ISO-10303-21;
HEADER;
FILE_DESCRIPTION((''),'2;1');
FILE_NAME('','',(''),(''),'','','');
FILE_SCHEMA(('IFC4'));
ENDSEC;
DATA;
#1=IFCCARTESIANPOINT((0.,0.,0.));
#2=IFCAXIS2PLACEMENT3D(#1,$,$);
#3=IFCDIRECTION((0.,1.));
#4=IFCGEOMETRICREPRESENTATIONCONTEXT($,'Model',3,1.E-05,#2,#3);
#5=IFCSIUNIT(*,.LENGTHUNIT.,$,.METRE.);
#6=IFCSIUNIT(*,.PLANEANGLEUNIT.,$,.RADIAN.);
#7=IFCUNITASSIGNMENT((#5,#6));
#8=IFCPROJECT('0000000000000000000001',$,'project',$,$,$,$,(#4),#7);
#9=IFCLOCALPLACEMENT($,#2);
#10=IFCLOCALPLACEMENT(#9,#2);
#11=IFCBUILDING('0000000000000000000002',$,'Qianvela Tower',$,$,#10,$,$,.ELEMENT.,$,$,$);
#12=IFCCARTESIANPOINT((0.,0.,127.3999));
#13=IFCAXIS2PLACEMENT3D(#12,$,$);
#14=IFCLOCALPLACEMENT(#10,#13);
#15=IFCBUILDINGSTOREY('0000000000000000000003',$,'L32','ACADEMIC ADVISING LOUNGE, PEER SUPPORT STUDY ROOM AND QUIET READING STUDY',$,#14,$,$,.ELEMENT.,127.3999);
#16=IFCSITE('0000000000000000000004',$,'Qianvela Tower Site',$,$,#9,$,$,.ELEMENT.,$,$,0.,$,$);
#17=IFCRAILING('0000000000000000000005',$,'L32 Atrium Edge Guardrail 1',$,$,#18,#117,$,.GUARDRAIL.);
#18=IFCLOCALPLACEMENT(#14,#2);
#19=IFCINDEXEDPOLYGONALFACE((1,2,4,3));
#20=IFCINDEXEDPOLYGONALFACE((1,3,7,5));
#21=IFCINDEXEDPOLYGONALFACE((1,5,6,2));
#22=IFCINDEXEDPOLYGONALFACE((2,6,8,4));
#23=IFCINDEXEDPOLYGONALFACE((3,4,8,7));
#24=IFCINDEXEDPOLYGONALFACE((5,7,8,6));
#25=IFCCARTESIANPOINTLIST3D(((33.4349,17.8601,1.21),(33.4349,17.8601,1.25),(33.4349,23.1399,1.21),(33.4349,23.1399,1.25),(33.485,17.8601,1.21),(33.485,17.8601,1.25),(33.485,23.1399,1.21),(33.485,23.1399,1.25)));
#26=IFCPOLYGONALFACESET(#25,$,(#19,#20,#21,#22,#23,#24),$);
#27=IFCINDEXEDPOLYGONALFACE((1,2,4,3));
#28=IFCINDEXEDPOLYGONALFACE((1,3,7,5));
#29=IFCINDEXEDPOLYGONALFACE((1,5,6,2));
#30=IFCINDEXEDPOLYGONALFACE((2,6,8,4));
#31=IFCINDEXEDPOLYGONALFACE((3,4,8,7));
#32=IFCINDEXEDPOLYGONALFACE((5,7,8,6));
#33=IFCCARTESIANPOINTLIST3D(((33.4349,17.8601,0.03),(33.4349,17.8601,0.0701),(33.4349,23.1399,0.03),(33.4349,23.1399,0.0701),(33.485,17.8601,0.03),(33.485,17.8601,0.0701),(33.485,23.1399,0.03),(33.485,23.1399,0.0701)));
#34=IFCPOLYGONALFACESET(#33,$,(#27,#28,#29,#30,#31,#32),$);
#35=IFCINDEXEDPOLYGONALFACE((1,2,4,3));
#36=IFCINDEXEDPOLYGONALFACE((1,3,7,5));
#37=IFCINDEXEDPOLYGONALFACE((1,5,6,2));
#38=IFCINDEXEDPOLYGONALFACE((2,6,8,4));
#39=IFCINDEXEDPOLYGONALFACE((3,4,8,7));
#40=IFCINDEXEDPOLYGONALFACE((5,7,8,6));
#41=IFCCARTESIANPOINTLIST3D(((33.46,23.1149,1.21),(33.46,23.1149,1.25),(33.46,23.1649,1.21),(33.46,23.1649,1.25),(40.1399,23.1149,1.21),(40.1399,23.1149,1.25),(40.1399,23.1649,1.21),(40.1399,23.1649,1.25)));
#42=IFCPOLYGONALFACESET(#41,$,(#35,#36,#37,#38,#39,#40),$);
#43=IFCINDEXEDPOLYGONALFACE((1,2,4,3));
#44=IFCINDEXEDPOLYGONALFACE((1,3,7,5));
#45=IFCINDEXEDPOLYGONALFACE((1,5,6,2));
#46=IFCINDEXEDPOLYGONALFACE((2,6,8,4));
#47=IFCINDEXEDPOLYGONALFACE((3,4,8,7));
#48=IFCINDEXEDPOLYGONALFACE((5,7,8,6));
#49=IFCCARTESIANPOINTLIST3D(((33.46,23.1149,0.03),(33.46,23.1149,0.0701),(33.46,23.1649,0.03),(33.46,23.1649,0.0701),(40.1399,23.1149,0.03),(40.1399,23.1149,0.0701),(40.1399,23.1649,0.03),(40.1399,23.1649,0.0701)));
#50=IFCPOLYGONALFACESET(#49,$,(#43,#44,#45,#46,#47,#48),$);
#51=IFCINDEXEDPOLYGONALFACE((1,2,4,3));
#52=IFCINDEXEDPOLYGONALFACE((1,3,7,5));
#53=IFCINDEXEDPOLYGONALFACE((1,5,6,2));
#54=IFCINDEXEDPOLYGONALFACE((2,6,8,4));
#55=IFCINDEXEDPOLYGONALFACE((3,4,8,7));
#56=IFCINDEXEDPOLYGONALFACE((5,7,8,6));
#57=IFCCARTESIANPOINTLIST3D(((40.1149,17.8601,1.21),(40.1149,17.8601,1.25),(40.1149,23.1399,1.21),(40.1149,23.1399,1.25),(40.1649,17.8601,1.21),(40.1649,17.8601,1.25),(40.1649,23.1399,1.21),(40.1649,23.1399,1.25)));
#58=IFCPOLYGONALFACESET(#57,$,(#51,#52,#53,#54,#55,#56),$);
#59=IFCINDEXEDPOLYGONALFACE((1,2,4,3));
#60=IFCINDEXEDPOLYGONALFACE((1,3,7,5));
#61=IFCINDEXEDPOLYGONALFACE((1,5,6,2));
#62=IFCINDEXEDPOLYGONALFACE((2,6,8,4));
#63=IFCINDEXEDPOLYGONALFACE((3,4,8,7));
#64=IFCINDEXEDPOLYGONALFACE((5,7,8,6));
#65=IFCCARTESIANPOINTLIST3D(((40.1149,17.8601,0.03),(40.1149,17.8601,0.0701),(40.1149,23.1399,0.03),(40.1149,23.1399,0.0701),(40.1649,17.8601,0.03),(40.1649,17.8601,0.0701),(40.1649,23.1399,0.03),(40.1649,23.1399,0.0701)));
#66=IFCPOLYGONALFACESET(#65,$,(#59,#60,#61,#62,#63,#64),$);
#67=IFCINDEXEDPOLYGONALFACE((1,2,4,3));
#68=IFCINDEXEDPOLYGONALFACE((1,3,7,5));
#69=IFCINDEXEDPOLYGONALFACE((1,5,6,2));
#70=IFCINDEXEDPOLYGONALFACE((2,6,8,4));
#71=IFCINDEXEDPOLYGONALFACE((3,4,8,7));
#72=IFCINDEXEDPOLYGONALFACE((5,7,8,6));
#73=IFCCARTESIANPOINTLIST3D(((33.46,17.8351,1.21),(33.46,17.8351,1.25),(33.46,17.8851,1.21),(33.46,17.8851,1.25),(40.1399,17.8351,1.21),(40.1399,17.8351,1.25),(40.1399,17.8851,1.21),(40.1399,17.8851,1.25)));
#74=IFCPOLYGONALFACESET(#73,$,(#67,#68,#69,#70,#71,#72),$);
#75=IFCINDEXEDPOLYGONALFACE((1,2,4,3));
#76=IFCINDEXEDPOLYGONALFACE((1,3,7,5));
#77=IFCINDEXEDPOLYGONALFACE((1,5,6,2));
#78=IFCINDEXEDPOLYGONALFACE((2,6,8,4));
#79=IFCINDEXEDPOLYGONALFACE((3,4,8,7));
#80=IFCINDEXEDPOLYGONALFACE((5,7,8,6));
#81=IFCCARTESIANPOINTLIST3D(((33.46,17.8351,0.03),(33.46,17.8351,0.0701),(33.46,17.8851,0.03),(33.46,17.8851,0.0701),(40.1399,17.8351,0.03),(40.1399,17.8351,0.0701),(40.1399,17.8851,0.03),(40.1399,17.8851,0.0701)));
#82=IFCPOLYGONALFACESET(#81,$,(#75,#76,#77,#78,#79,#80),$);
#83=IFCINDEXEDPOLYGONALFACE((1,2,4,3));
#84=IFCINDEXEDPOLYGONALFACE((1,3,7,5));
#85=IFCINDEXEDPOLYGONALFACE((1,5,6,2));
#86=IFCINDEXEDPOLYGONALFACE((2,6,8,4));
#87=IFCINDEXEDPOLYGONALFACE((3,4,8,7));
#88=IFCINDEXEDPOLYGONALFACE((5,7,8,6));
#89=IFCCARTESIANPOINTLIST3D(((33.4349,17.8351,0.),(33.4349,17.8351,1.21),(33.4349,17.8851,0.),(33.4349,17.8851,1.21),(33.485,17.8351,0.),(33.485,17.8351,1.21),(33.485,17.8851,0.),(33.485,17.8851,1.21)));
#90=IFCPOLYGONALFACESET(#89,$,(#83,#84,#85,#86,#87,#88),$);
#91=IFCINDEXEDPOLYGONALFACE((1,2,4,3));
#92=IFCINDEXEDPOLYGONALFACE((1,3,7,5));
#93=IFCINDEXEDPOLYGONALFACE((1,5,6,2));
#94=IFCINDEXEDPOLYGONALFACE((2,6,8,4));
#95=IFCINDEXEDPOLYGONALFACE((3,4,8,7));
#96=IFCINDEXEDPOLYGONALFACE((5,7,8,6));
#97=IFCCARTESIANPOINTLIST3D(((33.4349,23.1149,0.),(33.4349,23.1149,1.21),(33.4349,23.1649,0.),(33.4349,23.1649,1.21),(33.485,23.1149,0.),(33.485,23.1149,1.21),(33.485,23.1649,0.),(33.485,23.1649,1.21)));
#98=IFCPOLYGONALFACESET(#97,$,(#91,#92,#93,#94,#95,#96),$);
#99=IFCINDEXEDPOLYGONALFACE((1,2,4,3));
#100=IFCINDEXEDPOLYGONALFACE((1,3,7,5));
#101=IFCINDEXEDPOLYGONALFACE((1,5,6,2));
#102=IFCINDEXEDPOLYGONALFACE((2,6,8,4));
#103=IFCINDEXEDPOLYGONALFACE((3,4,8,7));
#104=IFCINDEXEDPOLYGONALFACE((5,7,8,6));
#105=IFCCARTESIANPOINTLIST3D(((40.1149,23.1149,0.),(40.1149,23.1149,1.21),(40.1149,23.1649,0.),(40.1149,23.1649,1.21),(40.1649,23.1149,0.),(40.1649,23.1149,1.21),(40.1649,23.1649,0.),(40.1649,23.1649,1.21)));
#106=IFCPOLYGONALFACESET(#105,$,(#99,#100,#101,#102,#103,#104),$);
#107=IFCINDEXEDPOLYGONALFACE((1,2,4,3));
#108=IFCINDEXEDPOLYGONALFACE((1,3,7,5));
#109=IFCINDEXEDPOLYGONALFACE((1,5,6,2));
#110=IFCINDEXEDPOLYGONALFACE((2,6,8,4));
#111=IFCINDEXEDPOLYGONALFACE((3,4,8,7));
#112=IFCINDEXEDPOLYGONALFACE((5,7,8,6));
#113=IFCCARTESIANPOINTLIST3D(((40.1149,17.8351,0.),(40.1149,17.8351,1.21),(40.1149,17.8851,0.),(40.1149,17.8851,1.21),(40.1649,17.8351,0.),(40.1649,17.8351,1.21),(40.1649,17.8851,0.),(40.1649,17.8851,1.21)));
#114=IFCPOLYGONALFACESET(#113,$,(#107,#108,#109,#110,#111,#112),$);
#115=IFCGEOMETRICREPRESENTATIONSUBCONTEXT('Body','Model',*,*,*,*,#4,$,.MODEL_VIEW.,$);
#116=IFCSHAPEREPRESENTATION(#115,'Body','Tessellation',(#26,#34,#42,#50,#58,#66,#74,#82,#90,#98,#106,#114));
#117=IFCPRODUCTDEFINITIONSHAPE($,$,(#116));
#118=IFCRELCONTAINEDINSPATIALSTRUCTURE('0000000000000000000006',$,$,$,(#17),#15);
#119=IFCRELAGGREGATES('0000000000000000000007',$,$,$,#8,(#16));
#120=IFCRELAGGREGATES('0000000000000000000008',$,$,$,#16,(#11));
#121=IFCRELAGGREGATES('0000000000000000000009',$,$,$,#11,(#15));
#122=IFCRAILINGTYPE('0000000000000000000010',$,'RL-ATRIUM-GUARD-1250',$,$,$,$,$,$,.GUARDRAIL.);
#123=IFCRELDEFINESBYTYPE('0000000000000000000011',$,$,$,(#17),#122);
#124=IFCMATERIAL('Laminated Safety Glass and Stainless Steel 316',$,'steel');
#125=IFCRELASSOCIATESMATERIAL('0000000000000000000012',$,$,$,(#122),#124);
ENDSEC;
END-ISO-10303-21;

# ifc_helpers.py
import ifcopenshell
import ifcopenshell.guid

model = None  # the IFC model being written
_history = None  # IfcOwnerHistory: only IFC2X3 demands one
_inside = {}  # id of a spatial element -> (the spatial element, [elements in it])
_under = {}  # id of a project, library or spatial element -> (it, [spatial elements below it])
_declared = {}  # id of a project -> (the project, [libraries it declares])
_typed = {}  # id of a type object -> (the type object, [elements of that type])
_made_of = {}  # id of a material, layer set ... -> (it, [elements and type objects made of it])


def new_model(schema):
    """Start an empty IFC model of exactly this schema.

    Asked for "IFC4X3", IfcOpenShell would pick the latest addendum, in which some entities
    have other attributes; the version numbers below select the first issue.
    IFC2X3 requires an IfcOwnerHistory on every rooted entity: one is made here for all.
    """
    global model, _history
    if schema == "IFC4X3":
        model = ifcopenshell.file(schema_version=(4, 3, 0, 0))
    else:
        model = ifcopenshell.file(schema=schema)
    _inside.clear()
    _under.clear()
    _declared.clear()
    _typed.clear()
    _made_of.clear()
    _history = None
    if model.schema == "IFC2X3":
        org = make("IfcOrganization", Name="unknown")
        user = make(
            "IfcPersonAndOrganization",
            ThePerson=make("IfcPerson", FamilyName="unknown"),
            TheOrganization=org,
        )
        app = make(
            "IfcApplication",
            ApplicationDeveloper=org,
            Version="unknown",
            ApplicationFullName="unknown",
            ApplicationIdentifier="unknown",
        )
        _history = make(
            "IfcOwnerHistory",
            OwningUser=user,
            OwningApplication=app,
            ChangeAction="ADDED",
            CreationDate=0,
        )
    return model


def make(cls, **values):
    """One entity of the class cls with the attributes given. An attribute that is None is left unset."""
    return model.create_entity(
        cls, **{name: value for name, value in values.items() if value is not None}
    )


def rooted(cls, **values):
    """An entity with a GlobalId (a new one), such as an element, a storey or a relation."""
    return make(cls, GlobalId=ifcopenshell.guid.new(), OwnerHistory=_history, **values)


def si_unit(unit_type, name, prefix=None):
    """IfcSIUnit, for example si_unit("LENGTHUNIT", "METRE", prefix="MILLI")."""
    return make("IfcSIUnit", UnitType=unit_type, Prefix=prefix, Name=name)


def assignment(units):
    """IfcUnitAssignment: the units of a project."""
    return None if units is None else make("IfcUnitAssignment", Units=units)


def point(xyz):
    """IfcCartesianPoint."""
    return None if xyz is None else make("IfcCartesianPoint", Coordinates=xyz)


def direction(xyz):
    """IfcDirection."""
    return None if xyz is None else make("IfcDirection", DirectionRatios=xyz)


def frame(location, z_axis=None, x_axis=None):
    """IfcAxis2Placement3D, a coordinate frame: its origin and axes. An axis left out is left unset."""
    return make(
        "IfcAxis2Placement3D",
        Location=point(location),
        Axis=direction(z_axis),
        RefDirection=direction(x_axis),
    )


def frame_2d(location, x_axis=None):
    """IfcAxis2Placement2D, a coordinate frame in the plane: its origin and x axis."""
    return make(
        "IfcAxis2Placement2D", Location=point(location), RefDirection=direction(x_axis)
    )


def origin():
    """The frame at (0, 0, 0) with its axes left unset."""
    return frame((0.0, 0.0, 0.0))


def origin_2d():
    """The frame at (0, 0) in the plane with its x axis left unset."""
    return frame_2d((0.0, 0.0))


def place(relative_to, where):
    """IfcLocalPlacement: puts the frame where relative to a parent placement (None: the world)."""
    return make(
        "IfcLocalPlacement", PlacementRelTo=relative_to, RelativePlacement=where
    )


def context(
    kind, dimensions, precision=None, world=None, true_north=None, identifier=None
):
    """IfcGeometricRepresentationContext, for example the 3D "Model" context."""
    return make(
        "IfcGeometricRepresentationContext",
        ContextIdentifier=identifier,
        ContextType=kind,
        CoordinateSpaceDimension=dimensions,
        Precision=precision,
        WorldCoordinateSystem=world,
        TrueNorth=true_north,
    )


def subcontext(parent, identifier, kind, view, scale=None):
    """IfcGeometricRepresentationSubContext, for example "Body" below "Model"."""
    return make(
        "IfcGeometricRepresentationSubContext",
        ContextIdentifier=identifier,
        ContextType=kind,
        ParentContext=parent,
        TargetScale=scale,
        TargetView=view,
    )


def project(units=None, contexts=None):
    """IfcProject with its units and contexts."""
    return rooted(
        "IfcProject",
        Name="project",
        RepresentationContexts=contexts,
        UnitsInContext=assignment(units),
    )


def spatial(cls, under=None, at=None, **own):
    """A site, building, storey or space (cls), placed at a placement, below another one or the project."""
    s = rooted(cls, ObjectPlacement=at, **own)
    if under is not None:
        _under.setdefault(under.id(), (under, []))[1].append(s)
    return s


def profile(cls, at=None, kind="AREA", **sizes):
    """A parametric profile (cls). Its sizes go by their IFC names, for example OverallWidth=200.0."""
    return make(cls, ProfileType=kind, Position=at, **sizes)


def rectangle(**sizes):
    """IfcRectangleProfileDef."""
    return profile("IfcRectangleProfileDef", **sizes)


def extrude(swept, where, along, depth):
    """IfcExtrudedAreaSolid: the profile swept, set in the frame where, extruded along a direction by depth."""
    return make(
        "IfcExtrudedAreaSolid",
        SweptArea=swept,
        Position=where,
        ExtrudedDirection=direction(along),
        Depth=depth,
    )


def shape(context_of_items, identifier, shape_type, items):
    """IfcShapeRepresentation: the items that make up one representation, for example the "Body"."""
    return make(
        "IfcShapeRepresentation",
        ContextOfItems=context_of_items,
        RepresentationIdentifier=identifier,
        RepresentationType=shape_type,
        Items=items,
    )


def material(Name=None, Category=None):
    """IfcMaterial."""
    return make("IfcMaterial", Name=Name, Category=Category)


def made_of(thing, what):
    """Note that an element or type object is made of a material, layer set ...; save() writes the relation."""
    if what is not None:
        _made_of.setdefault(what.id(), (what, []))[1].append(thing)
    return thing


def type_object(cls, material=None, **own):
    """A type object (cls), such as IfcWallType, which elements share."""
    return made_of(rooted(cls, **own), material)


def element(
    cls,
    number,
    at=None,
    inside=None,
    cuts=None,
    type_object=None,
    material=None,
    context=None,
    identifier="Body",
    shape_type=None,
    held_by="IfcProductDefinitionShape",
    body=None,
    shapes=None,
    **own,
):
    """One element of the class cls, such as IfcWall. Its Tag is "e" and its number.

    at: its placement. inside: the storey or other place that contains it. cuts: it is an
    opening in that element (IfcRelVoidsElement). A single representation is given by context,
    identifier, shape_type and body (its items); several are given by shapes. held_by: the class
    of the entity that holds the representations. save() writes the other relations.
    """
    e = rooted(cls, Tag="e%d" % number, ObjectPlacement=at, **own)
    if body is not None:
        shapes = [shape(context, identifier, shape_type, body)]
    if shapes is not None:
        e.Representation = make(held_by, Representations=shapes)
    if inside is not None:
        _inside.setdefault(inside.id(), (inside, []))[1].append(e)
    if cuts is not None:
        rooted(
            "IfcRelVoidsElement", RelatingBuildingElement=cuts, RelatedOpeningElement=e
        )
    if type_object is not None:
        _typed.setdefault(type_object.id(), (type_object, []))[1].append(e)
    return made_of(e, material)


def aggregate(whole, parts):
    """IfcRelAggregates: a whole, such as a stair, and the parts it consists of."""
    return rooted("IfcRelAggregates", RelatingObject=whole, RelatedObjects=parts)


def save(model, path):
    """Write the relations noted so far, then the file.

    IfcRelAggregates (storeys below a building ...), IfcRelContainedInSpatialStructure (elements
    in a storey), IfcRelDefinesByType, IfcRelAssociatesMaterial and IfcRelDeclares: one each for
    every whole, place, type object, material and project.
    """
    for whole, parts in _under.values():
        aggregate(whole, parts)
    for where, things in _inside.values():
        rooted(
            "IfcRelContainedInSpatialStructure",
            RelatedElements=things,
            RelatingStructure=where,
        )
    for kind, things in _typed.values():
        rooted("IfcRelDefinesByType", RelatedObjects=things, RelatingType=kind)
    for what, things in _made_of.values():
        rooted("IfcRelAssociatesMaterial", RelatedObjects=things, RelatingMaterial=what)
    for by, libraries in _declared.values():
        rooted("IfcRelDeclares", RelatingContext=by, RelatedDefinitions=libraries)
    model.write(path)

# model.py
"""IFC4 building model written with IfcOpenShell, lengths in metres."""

from ifc_helpers import new_model, si_unit, direction, frame, origin, origin_2d, place, context, subcontext, project, spatial, rectangle, extrude, material, type_object, element, save


model = new_model("IFC4")

# Units and contexts
model_context = context("Model", 3, precision=1e-05, world=origin(), true_north=direction((0.0, 1.0)))
body_context = subcontext(model_context, "Body", "Model", "MODEL_VIEW")
ifc_project = project(units=[si_unit("LENGTHUNIT", "METRE"), si_unit("PLANEANGLEUNIT", "RADIAN")], contexts=[model_context])

# Site, building, storey
site_placement = place(None, origin())
site = spatial("IfcSite", under=ifc_project, at=site_placement, Name="Qianvela Tower Site", CompositionType="ELEMENT", RefElevation=0.0)
building_placement = place(site_placement, origin())
building = spatial("IfcBuilding", under=site, at=building_placement, Name="Qianvela Tower", CompositionType="ELEMENT")
storey_placement = place(building_placement, frame((0.0, 0.0, 127.3999)))
storey = spatial("IfcBuildingStorey", under=building, at=storey_placement, Name="L32", Description="ACADEMIC ADVISING LOUNGE, PEER SUPPORT STUDY ROOM AND QUIET READING STUDY", CompositionType="ELEMENT", Elevation=127.3999)

# Railing
ifc_material_1 = material(Name="Laminated Safety Glass and Stainless Steel 316", Category="steel")
railing_type = type_object("IfcRailingType", Name="RL-ATRIUM-GUARD-1250", PredefinedType="GUARDRAIL", material=ifc_material_1)
railing_placement = place(storey_placement, frame((33.46, 17.8601, 0.0)))
element("IfcRailing", 1, at=railing_placement, inside=storey, type_object=railing_type, Name="L32 Atrium Edge Guardrail 1", PredefinedType="GUARDRAIL", context=body_context, shape_type="SweptSolid", body=[
    extrude(rectangle(XDim=0.05, YDim=0.04, at=origin_2d()), frame((0.0, 0.0, 1.23), z_axis=(0.0, 1.0, 0.0), x_axis=(-1.0, 0.0, 0.0)), (0.0, 0.0, 1.0), 5.2798),
    extrude(rectangle(XDim=0.05, YDim=0.04, at=origin_2d()), frame((0.0, 0.0, 0.05), z_axis=(0.0, 1.0, 0.0), x_axis=(-1.0, 0.0, 0.0)), (0.0, 0.0, 1.0), 5.2798),
    extrude(rectangle(XDim=0.05, YDim=0.04, at=origin_2d()), frame((0.0, 5.2798, 1.23), z_axis=(1.0, 0.0, 0.0), x_axis=(0.0, 1.0, 0.0)), (0.0, 0.0, 1.0), 6.6799),
    extrude(rectangle(XDim=0.05, YDim=0.04, at=origin_2d()), frame((0.0, 5.2798, 0.05), z_axis=(1.0, 0.0, 0.0), x_axis=(0.0, 1.0, 0.0)), (0.0, 0.0, 1.0), 6.6799),
    extrude(rectangle(XDim=0.05, YDim=0.04, at=origin_2d()), frame((6.6799, 5.2798, 1.23), z_axis=(0.0, -1.0, 0.0), x_axis=(1.0, 0.0, 0.0)), (0.0, 0.0, 1.0), 5.2798),
    extrude(rectangle(XDim=0.05, YDim=0.04, at=origin_2d()), frame((6.6799, 5.2798, 0.05), z_axis=(0.0, -1.0, 0.0), x_axis=(1.0, 0.0, 0.0)), (0.0, 0.0, 1.0), 5.2798),
    extrude(rectangle(XDim=0.05, YDim=0.04, at=origin_2d()), frame((6.6799, 0.0, 1.23), z_axis=(-1.0, 0.0, 0.0), x_axis=(0.0, -1.0, 0.0)), (0.0, 0.0, 1.0), 6.6799),
    extrude(rectangle(XDim=0.05, YDim=0.04, at=origin_2d()), frame((6.6799, 0.0, 0.05), z_axis=(-1.0, 0.0, 0.0), x_axis=(0.0, -1.0, 0.0)), (0.0, 0.0, 1.0), 6.6799),
    extrude(rectangle(XDim=0.05, YDim=0.05, at=origin_2d()), origin(), (0.0, 0.0, 1.0), 1.21),
    extrude(rectangle(XDim=0.05, YDim=0.05, at=origin_2d()), frame((0.0, 5.2798, 0.0)), (0.0, 0.0, 1.0), 1.21),
    extrude(rectangle(XDim=0.05, YDim=0.05, at=origin_2d()), frame((6.6799, 5.2798, 0.0)), (0.0, 0.0, 1.0), 1.21),
    extrude(rectangle(XDim=0.05, YDim=0.05, at=origin_2d()), frame((6.6799, 0.0, 0.0)), (0.0, 0.0, 1.0), 1.21),
])

save(model, "model.ifc")
